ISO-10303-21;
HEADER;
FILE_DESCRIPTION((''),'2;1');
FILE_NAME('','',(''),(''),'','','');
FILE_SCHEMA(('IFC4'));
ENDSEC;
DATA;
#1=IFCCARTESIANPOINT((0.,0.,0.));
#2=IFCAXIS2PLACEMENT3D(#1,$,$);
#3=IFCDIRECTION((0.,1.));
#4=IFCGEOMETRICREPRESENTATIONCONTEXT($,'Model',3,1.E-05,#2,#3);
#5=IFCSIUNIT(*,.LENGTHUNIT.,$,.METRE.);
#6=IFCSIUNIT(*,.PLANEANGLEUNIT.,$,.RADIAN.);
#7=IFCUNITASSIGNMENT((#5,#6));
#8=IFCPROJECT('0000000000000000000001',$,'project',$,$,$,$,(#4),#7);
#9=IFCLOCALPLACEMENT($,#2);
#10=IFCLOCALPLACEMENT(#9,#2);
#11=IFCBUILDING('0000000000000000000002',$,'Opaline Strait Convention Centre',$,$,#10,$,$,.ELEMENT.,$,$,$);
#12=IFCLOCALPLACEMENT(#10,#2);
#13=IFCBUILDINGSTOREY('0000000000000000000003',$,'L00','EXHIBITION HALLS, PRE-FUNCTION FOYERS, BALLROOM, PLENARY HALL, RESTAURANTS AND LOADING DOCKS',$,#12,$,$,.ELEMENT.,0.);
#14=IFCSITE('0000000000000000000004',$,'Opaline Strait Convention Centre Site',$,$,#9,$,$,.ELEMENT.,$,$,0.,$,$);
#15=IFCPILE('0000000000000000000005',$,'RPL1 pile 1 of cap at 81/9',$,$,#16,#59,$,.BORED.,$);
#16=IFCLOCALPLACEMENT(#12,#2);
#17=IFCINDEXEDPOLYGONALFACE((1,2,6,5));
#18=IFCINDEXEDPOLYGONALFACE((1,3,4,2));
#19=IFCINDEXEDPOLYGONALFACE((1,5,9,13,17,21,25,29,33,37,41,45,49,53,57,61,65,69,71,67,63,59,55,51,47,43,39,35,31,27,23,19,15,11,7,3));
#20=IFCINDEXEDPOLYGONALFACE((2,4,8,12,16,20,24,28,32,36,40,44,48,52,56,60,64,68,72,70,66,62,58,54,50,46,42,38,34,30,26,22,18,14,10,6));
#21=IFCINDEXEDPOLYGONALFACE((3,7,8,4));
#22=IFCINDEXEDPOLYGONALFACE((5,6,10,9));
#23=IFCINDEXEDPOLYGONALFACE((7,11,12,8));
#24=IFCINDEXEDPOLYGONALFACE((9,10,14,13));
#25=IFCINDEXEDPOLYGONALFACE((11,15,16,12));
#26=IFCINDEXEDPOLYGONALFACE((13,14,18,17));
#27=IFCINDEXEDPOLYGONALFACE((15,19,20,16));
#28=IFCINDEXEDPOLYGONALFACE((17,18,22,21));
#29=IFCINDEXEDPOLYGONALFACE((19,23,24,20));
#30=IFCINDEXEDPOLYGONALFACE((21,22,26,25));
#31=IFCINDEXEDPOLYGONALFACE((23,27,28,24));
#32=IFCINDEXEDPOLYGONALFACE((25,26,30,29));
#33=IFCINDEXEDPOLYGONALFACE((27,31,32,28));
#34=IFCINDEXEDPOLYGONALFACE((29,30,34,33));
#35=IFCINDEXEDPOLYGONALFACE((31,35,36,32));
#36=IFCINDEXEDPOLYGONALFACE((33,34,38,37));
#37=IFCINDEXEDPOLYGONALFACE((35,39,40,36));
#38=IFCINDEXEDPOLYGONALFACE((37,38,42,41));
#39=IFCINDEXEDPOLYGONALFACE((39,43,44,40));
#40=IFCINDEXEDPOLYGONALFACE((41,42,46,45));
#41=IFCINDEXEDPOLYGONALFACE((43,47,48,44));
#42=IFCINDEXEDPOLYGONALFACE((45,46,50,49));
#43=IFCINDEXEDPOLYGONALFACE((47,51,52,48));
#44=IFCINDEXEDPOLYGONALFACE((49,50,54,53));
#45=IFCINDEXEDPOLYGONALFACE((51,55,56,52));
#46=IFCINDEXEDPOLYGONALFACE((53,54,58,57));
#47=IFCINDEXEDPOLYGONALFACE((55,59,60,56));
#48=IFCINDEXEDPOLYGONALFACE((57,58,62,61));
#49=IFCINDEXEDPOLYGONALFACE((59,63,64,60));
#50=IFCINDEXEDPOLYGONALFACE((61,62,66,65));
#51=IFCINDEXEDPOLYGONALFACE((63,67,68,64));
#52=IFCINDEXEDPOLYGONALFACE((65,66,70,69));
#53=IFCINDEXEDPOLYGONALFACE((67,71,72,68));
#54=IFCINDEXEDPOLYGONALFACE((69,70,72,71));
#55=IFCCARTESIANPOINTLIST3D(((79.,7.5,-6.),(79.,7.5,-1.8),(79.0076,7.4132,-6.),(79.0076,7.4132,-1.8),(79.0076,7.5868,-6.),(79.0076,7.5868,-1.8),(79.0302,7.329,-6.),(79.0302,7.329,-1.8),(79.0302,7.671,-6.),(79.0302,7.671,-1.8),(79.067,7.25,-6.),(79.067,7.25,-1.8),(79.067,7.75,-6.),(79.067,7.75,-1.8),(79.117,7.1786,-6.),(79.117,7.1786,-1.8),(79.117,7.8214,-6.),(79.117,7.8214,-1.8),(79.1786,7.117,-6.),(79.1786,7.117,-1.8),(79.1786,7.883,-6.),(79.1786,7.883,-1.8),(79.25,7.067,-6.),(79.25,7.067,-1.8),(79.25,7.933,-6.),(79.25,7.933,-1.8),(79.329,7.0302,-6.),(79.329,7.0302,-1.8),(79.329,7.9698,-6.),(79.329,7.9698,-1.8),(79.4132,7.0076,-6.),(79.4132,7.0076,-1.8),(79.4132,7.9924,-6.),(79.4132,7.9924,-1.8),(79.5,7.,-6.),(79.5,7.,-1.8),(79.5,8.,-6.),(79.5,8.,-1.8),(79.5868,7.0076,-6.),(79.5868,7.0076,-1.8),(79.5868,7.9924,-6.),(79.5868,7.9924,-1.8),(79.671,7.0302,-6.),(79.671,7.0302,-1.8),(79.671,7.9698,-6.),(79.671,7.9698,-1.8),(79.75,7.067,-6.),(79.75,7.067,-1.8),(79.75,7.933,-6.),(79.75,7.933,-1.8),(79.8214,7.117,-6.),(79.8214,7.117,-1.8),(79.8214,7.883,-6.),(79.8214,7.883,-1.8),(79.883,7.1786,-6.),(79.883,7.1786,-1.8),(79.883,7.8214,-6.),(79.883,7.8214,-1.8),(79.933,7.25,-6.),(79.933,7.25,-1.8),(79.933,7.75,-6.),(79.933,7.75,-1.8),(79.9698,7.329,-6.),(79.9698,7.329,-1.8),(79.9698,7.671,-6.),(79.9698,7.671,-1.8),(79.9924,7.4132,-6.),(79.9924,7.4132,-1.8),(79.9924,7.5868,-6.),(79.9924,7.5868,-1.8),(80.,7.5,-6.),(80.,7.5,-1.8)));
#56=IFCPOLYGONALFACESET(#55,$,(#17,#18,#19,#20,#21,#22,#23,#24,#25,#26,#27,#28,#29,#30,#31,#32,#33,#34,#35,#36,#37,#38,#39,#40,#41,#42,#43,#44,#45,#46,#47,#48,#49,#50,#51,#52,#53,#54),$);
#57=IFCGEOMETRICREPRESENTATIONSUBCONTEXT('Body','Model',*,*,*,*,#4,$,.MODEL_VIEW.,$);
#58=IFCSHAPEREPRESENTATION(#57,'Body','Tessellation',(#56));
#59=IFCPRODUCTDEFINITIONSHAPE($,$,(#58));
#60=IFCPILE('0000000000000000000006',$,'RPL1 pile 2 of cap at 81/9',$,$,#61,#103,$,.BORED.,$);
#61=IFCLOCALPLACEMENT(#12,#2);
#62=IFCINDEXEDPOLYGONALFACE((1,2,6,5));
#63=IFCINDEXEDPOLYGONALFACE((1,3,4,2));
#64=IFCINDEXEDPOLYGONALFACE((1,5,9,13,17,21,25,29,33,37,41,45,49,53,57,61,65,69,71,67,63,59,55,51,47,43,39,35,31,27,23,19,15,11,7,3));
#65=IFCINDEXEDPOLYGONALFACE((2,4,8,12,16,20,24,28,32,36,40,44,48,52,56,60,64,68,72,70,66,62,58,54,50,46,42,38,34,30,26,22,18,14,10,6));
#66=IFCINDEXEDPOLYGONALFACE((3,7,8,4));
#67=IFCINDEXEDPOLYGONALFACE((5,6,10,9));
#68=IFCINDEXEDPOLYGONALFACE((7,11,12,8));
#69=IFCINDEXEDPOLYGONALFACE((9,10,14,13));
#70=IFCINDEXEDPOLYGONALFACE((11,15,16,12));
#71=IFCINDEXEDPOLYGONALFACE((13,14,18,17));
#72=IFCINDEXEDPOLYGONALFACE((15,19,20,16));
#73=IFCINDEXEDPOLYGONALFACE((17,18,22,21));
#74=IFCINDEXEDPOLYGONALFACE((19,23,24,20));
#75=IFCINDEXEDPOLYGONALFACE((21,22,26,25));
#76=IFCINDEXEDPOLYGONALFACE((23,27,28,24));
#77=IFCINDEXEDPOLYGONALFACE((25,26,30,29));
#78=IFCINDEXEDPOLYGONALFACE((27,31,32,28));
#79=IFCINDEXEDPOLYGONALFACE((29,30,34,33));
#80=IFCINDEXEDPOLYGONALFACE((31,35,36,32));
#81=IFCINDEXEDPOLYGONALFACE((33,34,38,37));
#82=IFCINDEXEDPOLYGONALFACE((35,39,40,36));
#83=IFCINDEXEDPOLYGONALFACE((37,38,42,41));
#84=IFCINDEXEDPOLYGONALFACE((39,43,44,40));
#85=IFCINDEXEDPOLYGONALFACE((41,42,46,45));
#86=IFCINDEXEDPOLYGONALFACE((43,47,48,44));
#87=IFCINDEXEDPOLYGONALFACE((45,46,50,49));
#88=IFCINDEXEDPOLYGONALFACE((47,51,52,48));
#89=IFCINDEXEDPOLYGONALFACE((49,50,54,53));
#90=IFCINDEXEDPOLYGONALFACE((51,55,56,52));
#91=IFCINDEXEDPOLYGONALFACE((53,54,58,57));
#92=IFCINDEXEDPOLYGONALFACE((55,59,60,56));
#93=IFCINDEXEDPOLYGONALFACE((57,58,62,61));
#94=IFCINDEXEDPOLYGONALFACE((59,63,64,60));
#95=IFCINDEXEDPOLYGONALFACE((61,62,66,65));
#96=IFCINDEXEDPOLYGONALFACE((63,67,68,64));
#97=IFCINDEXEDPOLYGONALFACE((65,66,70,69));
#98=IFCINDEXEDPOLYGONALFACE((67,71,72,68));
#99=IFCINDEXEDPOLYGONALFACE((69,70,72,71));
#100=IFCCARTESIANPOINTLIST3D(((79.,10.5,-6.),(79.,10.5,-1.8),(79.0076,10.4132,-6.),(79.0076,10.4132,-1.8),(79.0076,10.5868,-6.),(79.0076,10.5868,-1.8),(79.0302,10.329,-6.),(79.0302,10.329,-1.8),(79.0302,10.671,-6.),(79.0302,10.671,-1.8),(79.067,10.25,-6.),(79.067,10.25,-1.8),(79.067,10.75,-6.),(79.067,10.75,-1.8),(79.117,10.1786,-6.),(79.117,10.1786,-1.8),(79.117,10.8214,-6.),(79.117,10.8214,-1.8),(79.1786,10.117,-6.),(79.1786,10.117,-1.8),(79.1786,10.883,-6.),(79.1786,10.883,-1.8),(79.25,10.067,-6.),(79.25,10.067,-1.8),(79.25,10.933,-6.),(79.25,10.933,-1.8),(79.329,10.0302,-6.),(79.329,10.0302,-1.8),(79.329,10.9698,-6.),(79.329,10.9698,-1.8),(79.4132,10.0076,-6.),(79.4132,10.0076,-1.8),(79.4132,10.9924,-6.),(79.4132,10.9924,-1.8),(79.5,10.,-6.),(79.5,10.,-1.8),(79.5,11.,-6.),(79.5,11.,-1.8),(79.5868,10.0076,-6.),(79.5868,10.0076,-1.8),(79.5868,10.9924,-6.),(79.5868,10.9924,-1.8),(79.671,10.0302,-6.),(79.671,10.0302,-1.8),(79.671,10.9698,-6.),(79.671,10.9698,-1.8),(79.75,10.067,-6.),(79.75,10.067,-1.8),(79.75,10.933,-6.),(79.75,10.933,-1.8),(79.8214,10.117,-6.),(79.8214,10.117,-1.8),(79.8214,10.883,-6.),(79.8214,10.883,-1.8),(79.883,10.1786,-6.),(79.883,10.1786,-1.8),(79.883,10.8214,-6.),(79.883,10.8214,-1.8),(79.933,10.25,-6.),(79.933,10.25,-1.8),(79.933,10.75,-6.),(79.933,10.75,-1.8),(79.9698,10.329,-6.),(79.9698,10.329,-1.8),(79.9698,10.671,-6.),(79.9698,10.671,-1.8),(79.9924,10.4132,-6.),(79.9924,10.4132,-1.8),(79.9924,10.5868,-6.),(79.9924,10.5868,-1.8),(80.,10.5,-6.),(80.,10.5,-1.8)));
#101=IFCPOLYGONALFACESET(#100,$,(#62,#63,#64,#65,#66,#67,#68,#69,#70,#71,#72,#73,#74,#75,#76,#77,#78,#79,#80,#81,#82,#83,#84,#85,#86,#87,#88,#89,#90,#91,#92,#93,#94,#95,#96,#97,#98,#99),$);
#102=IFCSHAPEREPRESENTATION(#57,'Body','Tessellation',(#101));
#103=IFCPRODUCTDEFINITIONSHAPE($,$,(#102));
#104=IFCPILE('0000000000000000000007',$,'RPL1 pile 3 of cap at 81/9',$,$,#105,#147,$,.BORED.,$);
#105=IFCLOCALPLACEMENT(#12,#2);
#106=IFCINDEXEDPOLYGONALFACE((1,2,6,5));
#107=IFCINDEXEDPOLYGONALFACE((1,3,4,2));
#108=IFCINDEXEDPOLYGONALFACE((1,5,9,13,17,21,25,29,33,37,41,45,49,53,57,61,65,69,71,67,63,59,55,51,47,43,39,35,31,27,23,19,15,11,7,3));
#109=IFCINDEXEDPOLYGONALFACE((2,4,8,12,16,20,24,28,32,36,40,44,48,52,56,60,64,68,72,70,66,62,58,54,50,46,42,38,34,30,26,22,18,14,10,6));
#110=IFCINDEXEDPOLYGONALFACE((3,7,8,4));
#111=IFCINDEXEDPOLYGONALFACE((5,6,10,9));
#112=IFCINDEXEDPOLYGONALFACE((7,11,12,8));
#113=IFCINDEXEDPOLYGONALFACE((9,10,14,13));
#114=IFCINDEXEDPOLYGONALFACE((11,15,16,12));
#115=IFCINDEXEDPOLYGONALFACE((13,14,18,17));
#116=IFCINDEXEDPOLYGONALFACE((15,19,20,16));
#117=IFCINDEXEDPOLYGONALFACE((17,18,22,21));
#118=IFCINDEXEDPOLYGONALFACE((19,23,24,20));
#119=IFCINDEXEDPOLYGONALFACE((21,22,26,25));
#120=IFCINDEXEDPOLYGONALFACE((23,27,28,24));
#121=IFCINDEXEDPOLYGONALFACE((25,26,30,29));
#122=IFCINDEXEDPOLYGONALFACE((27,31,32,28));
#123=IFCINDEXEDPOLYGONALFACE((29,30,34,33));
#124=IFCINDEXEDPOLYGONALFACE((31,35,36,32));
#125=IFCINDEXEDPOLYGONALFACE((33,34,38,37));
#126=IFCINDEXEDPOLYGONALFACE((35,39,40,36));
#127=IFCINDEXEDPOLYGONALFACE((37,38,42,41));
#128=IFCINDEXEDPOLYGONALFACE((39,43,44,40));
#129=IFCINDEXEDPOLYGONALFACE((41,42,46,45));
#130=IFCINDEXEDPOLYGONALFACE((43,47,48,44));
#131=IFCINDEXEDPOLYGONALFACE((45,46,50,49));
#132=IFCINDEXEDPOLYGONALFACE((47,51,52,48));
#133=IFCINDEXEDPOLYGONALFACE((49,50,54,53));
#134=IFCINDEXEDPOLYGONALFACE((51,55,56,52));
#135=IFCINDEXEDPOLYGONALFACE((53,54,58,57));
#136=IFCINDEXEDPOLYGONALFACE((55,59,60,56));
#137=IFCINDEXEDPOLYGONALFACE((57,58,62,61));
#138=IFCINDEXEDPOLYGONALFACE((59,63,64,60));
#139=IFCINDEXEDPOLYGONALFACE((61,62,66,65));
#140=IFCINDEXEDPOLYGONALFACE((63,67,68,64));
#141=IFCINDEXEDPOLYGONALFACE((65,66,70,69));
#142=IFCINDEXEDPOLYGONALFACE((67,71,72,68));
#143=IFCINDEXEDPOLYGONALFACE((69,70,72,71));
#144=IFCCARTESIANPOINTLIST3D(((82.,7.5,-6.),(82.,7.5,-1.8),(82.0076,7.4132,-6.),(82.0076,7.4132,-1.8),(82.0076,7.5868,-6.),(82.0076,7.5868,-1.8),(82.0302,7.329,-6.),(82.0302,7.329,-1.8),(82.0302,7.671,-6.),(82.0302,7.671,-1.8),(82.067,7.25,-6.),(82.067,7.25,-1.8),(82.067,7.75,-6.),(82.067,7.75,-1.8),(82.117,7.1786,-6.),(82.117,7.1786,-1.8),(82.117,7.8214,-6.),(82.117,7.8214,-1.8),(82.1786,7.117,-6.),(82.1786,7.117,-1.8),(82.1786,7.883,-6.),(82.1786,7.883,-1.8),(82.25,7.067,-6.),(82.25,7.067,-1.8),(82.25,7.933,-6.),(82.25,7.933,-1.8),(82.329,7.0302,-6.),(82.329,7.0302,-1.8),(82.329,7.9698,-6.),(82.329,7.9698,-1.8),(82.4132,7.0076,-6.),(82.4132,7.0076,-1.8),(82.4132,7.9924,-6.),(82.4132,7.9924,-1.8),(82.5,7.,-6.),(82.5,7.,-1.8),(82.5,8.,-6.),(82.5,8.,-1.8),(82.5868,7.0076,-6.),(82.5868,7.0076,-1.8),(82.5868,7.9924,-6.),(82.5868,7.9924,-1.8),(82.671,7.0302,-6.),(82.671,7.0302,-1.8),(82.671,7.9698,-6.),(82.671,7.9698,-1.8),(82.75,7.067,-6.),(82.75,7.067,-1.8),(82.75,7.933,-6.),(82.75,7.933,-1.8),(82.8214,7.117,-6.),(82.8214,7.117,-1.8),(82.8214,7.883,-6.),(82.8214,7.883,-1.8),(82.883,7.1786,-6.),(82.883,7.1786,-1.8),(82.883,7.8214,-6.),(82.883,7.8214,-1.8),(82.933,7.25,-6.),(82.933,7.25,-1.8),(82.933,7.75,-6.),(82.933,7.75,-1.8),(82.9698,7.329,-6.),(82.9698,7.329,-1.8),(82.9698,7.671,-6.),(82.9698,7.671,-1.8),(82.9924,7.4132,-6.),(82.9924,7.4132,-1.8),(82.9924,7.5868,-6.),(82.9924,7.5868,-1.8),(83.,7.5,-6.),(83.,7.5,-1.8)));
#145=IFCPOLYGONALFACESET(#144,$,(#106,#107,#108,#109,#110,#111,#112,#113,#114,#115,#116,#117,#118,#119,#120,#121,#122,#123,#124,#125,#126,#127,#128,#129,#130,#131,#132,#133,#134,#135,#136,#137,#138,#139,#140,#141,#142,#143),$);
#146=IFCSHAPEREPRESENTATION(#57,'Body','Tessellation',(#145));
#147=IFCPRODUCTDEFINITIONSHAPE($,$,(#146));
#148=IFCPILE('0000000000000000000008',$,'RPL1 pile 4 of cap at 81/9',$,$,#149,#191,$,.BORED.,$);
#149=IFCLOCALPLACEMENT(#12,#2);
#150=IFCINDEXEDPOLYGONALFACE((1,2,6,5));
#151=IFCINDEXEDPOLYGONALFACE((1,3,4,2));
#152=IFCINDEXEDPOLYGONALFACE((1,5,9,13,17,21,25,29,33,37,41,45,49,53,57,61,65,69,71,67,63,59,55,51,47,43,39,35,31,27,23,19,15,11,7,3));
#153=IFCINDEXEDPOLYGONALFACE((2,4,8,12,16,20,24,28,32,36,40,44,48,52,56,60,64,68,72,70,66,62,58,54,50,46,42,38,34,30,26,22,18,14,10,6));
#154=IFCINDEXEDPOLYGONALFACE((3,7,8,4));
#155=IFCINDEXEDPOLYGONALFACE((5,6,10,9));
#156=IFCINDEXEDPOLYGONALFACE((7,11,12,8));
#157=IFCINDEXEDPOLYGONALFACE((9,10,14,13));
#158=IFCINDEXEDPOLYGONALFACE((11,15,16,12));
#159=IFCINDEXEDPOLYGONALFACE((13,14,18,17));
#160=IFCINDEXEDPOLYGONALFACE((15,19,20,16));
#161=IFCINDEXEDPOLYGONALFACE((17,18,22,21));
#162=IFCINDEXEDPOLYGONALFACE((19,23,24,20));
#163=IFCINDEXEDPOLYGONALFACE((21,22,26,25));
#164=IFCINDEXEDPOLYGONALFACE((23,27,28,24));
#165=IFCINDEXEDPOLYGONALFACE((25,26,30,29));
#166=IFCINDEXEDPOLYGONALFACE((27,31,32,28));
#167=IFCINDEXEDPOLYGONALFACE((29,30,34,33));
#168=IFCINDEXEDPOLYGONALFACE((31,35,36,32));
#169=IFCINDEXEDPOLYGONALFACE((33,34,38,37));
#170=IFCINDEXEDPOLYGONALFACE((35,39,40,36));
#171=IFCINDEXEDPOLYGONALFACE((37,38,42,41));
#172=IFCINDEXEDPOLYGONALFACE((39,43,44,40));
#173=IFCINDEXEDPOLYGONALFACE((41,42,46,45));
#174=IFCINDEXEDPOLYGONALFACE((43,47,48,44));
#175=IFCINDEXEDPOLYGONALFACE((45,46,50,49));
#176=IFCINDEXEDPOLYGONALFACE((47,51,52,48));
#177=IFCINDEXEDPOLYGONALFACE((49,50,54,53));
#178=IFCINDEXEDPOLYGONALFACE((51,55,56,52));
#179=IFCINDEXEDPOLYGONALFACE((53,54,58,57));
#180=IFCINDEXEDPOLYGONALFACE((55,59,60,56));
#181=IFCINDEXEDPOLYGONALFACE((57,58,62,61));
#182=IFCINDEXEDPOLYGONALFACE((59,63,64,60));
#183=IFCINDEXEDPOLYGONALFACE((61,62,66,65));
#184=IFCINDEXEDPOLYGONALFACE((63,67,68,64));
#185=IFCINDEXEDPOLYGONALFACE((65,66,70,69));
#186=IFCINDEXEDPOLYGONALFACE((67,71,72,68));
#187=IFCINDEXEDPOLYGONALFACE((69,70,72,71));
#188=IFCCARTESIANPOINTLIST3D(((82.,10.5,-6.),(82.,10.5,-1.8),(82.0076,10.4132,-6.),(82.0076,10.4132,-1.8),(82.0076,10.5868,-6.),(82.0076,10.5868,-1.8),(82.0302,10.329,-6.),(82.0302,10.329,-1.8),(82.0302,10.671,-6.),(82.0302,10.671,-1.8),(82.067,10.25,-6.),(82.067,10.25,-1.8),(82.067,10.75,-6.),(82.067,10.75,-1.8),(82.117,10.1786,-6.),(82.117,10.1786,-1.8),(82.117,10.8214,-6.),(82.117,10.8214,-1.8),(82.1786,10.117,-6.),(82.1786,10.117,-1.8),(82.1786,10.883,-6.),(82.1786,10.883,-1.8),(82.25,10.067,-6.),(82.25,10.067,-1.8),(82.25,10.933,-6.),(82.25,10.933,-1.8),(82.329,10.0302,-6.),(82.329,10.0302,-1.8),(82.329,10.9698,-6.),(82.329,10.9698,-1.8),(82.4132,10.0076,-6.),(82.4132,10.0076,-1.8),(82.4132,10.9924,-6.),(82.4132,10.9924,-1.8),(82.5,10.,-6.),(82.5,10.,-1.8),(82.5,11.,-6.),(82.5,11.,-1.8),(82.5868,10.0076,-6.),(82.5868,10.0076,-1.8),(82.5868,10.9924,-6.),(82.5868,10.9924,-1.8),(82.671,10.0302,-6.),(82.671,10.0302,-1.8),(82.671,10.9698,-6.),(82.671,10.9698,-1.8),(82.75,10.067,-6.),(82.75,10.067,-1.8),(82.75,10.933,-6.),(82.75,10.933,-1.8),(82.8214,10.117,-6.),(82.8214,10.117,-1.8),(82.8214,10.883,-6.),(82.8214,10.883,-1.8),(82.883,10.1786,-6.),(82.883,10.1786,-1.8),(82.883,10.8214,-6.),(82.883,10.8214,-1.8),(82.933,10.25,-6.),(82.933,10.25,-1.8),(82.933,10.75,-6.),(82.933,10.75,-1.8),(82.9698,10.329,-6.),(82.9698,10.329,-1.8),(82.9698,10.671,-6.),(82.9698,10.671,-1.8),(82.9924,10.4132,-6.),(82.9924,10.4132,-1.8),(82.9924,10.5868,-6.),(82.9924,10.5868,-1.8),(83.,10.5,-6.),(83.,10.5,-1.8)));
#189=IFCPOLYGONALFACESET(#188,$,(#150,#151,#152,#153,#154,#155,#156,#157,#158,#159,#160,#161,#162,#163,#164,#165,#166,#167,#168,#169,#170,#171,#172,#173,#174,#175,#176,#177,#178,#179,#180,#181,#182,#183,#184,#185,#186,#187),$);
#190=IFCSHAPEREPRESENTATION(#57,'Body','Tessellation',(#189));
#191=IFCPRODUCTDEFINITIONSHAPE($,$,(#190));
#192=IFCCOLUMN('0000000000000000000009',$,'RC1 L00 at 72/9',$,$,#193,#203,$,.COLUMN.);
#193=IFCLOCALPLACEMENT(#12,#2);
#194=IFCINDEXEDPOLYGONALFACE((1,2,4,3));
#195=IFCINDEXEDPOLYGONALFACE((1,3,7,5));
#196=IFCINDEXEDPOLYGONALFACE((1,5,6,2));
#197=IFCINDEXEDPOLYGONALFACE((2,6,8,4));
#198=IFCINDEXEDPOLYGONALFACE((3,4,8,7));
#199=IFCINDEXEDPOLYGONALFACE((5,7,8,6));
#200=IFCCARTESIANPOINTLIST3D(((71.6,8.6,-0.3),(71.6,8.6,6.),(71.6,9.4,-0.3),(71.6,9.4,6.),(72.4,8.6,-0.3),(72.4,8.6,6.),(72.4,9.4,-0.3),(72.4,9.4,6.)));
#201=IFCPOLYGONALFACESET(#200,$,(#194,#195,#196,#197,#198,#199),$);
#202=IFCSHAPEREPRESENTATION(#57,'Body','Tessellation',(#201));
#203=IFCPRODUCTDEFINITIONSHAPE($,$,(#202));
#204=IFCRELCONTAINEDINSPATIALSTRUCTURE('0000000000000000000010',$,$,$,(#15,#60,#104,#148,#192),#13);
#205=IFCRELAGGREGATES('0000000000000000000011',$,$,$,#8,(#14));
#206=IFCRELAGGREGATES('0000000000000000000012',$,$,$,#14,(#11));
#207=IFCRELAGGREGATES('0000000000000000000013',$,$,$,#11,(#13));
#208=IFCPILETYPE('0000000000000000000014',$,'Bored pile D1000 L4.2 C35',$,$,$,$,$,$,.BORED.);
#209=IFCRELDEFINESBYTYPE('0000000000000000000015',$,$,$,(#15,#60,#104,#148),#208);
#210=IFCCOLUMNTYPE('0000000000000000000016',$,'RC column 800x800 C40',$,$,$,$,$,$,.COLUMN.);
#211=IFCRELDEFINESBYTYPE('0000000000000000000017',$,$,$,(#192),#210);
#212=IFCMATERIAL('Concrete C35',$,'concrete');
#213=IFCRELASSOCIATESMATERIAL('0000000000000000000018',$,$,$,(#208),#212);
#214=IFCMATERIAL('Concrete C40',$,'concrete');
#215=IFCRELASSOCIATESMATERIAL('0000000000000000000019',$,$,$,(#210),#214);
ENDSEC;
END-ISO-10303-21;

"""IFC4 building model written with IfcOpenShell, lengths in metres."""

from ifc_helpers import new_model, si_unit, direction, frame, origin, origin_2d, place, context, subcontext, project, spatial, rectangle, circle, extrude, material, material_profile, profile_set, type_object, element, save


model = new_model("IFC4")

# Units and contexts
model_context = context("Model", 3, precision=1e-05, world=origin(), true_north=direction((0.0, 1.0)))
body_context = subcontext(model_context, "Body", "Model", "MODEL_VIEW")
ifc_project = project(units=[si_unit("LENGTHUNIT", "METRE"), si_unit("PLANEANGLEUNIT", "RADIAN")], contexts=[model_context])

# Site, building, storey
site_placement = place(None, origin())
site = spatial("IfcSite", under=ifc_project, at=site_placement, Name="Opaline Strait Convention Centre Site", CompositionType="ELEMENT", RefElevation=0.0)
building_placement = place(site_placement, origin())
building = spatial("IfcBuilding", under=site, at=building_placement, Name="Opaline Strait Convention Centre", CompositionType="ELEMENT")
storey_placement = place(building_placement, origin())
storey = spatial("IfcBuildingStorey", under=building, at=storey_placement, Name="L00", Description="EXHIBITION HALLS, PRE-FUNCTION FOYERS, BALLROOM, PLENARY HALL, RESTAURANTS AND LOADING DOCKS", CompositionType="ELEMENT", Elevation=0.0)

# Piles
ifc_material_1 = material(Name="Concrete C35", Category="concrete")
ifc_material_profile_1 = material_profile(ifc_material_1, circle(Radius=0.5, at=origin_2d()), Name="D1000")
ifc_profile_set_1 = profile_set([ifc_material_profile_1], Name="Concrete C35")
pile_type = type_object("IfcPileType", Name="Bored pile D1000 L4.2 C35", PredefinedType="BORED", material=ifc_profile_set_1)
for number, where, z_axis, x_axis, name in (
    (1, (79.5, 7.5, -1.8), (0.0, 0.0, -1.0), (1.0, 0.0, 0.0), "RPL1 pile 1 of cap at 81/9"),
    (2, (79.5, 10.5, -1.8), (0.0, 0.0, -1.0), (1.0, 0.0, 0.0), "RPL1 pile 2 of cap at 81/9"),
    (3, (82.5, 7.5, -1.8), (0.0, 0.0, -1.0), (1.0, 0.0, 0.0), "RPL1 pile 3 of cap at 81/9"),
    (4, (82.5, 10.5, -1.8), (0.0, 0.0, -1.0), (1.0, 0.0, 0.0), "RPL1 pile 4 of cap at 81/9"),
):
    element("IfcPile", number, at=place(storey_placement, frame(where, z_axis=z_axis, x_axis=x_axis)), inside=storey, type_object=pile_type, Name=name, PredefinedType="BORED", context=body_context, shape_type="SweptSolid", body=[
        extrude(circle(Radius=0.5, at=origin_2d()), origin(), (0.0, 0.0, 1.0), 4.2),
    ])

# Column
ifc_material_2 = material(Name="Concrete C40", Category="concrete")
ifc_material_profile_2 = material_profile(ifc_material_2, rectangle(XDim=0.8, YDim=0.8, at=origin_2d()), Name="RC 800x800")
ifc_profile_set_2 = profile_set([ifc_material_profile_2], Name="Concrete C40")
column_type = type_object("IfcColumnType", Name="RC column 800x800 C40", PredefinedType="COLUMN", material=ifc_profile_set_2)
for number, where, z_axis, x_axis, name in (
    (5, (72.0, 9.0, -0.3), (0.0, 0.0, 1.0), (1.0, 0.0, 0.0), "RC1 L00 at 72/9"),
):
    element("IfcColumn", number, at=place(storey_placement, frame(where, z_axis=z_axis, x_axis=x_axis)), inside=storey, type_object=column_type, Name=name, PredefinedType="COLUMN", context=body_context, shape_type="SweptSolid", body=[
        extrude(rectangle(XDim=0.8, YDim=0.8, at=origin_2d()), origin(), (0.0, 0.0, 1.0), 6.3),
    ])

save(model, "model.ifc")
